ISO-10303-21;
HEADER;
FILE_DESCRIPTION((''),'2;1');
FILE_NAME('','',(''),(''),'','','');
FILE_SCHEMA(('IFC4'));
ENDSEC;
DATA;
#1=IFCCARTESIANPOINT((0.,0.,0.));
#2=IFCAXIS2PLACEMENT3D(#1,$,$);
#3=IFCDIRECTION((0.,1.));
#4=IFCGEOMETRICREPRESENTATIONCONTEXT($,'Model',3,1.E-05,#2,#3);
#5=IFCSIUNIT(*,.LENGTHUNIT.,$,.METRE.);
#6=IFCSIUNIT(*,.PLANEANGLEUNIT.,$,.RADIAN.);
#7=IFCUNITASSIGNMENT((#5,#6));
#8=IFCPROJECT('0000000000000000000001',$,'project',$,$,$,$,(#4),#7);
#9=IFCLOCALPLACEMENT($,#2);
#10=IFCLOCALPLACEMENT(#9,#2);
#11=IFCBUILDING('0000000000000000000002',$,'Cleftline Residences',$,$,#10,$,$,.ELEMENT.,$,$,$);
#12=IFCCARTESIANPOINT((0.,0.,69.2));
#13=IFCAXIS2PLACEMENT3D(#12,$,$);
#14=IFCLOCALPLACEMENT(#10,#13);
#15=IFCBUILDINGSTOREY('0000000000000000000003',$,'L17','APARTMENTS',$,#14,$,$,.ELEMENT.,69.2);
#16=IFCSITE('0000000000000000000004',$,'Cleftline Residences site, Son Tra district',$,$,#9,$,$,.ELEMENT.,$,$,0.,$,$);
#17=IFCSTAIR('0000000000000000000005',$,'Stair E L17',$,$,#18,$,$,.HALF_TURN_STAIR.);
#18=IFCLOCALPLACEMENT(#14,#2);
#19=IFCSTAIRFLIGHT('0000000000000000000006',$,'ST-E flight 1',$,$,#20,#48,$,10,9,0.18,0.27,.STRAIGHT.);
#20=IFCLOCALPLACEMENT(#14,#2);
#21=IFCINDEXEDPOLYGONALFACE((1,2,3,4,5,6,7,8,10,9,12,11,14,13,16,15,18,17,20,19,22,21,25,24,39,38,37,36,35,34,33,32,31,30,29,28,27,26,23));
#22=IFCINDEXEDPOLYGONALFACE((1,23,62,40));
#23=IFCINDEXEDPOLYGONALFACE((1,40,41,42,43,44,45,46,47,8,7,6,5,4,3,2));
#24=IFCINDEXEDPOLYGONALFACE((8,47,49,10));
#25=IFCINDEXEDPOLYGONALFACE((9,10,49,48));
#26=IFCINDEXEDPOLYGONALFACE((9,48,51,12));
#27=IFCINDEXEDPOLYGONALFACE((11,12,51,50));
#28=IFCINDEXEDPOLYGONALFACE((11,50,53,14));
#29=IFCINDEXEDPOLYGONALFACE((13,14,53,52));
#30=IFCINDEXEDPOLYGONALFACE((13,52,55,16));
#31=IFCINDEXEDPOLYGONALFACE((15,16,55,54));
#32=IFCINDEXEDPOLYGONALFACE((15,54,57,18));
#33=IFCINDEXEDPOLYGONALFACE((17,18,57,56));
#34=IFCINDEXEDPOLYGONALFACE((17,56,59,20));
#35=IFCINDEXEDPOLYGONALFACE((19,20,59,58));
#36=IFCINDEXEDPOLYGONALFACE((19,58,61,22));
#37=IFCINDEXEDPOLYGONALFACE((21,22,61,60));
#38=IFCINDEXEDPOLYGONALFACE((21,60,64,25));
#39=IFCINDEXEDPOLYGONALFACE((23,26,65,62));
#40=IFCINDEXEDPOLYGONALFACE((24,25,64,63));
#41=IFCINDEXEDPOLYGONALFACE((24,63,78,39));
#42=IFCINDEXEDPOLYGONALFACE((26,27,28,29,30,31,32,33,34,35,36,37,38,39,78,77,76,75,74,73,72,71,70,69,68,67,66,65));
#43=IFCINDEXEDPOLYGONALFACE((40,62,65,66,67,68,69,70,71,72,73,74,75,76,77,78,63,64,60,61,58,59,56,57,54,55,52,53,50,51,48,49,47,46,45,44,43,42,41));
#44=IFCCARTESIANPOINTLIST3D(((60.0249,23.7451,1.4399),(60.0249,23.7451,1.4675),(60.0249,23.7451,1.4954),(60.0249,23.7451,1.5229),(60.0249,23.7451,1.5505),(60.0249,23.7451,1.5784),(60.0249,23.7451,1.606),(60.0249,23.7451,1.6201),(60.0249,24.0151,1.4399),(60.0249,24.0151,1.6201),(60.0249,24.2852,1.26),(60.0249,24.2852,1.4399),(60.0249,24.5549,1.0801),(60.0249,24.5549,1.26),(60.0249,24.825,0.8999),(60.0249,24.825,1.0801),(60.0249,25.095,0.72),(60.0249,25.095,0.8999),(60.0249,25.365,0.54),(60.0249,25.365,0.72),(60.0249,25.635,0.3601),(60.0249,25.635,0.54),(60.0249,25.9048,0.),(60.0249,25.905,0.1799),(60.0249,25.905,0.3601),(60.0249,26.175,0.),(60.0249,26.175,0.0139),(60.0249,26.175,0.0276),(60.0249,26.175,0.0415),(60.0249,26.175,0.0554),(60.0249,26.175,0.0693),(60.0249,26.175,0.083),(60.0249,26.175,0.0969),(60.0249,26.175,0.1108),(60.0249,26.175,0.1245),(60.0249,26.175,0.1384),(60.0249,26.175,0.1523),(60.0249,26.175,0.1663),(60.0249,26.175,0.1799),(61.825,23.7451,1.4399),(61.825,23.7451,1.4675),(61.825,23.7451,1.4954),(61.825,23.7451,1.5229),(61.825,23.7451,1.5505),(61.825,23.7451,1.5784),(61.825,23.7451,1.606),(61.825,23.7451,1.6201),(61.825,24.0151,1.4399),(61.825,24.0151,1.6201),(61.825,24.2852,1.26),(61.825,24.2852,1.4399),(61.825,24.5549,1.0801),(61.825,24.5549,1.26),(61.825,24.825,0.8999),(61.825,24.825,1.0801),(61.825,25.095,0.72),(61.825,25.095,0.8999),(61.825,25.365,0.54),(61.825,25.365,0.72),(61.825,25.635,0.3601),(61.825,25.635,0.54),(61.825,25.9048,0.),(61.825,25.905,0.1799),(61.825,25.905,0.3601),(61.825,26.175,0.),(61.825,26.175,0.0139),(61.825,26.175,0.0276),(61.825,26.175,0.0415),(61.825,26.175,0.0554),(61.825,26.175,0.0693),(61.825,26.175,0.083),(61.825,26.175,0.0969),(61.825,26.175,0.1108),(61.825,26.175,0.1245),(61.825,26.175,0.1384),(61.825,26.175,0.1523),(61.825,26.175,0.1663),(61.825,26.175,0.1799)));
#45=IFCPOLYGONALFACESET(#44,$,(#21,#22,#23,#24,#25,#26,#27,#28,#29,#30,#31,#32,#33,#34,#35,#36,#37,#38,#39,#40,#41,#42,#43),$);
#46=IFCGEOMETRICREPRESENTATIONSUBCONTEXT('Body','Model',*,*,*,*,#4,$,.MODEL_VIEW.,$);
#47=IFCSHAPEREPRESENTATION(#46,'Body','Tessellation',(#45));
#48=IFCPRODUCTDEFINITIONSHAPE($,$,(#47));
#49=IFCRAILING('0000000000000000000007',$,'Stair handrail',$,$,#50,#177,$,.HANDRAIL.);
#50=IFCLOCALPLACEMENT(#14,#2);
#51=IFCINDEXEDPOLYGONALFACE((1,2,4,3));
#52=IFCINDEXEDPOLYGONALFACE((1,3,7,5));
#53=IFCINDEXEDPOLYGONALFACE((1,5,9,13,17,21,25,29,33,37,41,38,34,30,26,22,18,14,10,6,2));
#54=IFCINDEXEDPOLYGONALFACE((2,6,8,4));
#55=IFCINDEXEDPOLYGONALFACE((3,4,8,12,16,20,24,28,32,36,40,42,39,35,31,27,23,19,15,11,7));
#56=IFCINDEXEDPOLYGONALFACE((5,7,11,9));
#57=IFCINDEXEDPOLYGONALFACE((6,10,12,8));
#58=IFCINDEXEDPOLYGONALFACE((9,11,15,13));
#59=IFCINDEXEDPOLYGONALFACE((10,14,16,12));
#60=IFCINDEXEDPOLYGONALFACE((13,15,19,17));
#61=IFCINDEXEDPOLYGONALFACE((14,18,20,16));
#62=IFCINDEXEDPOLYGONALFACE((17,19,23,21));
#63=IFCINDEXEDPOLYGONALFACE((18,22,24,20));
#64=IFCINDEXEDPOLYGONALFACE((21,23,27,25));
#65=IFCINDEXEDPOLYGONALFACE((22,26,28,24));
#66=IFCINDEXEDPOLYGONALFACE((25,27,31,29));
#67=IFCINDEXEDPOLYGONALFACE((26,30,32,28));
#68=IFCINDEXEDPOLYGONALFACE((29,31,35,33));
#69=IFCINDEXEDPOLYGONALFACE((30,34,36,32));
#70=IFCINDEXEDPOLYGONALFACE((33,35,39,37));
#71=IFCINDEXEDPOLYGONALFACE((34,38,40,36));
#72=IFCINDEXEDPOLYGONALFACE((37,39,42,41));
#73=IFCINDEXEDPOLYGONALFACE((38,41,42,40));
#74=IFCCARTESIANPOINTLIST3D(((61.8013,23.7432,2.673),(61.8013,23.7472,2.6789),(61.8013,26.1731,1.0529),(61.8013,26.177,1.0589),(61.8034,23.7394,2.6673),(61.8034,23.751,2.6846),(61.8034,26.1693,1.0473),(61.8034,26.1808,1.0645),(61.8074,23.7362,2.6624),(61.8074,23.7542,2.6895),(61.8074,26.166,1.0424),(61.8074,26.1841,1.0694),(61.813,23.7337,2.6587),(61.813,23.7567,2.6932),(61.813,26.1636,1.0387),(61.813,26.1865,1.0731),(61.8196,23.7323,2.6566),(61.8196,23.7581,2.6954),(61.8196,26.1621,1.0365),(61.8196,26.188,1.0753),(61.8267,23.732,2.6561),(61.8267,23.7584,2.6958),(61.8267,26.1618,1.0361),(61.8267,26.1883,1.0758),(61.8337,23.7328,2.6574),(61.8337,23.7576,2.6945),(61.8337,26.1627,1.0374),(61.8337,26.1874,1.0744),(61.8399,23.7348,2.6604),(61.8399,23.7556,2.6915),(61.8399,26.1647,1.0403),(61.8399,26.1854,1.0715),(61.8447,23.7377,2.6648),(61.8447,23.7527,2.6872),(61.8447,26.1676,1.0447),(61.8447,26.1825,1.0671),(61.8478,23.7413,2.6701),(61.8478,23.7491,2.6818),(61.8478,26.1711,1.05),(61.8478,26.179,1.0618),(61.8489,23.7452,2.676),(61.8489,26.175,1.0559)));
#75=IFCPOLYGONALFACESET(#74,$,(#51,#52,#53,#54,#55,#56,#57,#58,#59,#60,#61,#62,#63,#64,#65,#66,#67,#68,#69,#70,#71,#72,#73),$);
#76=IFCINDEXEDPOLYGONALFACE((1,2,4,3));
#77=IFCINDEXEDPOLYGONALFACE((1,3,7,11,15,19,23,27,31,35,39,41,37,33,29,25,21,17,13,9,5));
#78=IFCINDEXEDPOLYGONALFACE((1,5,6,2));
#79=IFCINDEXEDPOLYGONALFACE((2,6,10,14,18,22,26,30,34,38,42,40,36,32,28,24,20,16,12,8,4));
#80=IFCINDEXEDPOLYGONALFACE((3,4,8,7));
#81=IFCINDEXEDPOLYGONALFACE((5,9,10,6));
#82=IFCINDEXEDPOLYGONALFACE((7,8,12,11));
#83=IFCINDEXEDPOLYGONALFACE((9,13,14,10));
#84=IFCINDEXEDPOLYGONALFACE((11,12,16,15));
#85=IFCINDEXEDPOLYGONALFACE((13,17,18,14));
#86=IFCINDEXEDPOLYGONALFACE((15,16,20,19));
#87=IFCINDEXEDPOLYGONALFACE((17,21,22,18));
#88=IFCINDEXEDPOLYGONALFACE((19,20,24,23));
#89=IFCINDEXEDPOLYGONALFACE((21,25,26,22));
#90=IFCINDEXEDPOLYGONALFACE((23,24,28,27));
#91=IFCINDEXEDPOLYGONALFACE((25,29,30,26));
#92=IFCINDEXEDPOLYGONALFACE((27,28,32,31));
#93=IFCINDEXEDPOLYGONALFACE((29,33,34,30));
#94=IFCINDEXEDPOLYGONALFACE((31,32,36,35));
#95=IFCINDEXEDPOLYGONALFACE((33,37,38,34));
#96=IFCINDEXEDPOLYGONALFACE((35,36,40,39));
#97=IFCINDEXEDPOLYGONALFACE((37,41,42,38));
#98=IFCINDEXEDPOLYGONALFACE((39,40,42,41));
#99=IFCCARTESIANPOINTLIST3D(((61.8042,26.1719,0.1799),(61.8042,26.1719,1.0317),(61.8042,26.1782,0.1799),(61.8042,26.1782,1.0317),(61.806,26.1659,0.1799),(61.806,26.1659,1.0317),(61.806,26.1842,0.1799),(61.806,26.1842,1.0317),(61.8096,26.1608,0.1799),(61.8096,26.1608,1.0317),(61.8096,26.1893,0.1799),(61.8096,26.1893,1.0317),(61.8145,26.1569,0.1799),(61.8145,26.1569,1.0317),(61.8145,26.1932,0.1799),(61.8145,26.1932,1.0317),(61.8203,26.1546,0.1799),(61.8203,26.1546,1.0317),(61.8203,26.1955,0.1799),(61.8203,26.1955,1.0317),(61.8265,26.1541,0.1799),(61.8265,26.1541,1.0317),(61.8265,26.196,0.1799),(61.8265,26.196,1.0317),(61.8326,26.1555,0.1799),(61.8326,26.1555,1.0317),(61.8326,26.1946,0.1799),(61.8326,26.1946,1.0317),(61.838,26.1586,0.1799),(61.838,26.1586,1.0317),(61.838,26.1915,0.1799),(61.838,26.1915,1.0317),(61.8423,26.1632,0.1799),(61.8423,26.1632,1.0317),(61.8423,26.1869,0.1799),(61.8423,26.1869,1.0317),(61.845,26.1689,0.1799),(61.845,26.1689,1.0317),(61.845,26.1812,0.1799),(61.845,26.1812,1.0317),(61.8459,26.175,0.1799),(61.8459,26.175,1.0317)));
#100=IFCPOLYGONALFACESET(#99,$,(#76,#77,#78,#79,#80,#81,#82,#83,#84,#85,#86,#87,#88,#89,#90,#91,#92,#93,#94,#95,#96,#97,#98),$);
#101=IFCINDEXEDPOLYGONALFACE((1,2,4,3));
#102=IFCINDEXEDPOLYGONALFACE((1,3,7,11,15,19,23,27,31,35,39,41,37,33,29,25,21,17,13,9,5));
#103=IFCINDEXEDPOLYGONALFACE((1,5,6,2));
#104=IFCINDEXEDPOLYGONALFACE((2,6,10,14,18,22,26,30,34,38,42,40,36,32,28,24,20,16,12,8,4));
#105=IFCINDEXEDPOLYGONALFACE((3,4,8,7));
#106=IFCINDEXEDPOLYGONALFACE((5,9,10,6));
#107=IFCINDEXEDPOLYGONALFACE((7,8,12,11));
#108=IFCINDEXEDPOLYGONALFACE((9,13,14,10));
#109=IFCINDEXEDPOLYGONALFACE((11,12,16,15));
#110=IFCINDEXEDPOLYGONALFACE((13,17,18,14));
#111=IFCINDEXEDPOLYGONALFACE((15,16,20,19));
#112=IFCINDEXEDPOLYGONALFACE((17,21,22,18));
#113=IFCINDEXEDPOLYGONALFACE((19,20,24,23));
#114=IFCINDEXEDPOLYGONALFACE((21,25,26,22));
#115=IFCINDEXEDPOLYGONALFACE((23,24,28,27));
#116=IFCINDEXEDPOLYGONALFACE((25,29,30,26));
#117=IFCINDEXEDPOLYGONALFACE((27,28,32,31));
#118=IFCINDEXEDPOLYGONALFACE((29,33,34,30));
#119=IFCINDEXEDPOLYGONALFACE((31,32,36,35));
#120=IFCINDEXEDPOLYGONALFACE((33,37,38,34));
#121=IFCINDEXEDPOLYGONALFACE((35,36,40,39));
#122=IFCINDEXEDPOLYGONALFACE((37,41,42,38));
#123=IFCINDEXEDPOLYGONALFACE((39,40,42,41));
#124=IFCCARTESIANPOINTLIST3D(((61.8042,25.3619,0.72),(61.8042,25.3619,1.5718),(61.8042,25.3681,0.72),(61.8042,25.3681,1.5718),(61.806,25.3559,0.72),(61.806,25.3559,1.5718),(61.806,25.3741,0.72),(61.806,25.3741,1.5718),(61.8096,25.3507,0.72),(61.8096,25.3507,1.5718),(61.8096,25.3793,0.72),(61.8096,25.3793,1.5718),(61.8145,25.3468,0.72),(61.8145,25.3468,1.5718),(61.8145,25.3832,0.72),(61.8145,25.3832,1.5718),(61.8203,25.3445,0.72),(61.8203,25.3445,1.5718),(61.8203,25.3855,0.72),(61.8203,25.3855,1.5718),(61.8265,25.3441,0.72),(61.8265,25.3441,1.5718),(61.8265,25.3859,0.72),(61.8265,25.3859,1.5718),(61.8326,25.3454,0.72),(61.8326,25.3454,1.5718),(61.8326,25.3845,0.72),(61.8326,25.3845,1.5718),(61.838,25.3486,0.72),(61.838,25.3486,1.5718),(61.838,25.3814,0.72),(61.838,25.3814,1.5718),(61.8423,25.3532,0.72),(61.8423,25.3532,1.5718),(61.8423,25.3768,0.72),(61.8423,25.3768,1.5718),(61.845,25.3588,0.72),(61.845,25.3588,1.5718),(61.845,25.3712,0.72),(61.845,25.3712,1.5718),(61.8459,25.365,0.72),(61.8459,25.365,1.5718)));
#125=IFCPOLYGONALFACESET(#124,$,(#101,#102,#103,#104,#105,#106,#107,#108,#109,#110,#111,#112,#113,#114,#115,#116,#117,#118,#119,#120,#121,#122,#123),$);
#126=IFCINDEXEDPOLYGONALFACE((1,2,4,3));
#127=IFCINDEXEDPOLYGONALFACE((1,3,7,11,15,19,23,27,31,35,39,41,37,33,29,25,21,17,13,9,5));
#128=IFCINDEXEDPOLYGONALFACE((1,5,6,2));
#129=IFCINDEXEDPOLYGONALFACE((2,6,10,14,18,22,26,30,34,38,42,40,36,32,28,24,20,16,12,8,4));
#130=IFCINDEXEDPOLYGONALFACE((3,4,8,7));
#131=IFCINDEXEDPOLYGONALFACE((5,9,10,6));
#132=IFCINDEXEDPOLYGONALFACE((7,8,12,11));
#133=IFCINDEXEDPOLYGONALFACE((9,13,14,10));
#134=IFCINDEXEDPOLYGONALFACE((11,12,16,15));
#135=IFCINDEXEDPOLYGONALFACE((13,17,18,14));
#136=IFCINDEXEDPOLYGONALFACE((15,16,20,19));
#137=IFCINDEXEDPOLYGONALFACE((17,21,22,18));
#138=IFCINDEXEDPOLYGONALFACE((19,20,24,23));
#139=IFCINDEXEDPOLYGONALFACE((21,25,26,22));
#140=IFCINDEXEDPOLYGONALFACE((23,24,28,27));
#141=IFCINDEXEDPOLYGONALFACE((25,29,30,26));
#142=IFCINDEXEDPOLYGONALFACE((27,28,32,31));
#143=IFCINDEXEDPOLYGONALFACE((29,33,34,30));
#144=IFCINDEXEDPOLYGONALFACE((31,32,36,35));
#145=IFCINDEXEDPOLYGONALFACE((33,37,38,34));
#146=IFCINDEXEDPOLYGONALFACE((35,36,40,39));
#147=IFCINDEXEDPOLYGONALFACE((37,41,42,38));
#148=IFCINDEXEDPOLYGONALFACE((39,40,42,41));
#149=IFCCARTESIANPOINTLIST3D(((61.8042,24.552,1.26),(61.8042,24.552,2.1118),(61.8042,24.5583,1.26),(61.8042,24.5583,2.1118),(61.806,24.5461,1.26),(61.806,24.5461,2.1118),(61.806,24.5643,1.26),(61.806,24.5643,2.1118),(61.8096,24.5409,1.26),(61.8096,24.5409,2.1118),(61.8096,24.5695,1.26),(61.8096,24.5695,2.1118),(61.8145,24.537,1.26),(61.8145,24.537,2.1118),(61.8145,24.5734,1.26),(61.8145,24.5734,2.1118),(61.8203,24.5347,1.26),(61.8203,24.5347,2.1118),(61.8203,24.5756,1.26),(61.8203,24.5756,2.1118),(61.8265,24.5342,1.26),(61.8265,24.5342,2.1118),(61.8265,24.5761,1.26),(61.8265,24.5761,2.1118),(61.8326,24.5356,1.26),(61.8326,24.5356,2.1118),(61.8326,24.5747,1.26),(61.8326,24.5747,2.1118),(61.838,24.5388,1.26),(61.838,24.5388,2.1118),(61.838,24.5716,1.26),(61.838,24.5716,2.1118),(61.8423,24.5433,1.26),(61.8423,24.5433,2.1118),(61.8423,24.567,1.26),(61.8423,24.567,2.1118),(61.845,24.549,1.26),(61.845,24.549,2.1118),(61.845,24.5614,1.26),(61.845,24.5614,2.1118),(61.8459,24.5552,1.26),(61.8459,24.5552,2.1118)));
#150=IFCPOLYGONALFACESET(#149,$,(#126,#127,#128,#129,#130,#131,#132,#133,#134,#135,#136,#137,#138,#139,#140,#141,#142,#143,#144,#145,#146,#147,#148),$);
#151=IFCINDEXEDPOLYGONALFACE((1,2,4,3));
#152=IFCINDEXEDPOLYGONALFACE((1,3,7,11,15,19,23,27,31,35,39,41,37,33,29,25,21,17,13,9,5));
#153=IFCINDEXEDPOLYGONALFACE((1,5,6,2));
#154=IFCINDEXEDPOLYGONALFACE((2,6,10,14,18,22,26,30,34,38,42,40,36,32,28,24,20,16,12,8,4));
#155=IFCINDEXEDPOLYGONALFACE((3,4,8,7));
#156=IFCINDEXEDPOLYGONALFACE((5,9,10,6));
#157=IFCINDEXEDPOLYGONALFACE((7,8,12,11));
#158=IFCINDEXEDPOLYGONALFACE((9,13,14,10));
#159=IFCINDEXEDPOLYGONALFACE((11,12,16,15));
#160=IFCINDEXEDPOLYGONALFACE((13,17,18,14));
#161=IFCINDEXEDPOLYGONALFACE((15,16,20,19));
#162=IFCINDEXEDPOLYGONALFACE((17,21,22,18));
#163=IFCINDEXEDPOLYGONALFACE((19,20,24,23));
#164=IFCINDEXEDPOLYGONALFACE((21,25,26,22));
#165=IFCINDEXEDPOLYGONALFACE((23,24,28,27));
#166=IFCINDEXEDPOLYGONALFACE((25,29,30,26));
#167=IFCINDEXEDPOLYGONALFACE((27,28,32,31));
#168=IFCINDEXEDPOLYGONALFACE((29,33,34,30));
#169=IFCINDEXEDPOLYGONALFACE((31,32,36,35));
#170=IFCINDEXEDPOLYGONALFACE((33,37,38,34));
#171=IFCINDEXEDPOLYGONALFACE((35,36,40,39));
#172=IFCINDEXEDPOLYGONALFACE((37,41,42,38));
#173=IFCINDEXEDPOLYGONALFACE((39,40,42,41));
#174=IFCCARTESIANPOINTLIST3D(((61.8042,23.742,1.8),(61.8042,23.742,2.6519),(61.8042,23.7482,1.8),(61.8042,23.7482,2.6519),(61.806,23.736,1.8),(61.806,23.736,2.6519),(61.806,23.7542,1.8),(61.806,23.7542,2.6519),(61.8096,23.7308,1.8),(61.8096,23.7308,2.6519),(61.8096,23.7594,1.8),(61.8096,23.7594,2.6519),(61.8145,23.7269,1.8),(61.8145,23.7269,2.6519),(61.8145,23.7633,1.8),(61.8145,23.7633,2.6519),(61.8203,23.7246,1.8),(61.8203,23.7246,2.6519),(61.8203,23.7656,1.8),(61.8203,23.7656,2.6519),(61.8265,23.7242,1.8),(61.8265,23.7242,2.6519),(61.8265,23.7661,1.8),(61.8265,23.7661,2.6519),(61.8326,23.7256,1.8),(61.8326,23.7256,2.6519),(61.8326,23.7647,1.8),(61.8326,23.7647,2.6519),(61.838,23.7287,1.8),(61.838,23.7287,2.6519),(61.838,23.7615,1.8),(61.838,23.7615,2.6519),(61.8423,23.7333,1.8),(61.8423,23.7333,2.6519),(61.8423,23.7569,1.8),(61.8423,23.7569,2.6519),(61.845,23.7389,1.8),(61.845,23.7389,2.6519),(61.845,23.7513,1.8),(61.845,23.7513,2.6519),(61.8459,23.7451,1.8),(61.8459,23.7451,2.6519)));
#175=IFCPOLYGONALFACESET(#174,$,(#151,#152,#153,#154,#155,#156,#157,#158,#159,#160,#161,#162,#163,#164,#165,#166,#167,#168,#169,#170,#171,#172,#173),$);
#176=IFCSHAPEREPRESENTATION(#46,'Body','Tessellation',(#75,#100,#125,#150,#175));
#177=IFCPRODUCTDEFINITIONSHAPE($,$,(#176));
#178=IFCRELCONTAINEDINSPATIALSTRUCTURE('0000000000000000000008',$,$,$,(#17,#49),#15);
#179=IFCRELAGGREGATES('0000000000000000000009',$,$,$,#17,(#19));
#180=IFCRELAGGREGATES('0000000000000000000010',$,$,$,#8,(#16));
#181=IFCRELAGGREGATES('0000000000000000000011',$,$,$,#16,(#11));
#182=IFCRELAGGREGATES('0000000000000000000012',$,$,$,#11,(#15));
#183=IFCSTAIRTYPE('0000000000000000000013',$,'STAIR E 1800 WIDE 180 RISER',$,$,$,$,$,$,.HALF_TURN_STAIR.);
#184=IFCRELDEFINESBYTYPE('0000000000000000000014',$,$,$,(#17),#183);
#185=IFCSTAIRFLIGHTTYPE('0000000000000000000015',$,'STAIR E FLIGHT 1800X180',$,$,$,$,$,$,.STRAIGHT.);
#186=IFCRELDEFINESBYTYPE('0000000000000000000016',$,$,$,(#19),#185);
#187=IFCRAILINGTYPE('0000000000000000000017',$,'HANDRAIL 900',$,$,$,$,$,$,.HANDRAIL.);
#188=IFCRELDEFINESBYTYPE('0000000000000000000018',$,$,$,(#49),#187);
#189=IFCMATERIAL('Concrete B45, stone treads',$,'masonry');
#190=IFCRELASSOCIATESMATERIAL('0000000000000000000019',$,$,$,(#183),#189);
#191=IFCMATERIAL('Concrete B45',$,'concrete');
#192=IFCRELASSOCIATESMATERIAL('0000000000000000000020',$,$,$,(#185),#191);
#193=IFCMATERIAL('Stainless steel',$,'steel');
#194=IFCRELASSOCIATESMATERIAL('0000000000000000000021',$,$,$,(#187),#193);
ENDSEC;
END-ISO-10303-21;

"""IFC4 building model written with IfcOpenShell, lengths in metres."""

from ifc_helpers import new_model, si_unit, direction, frame, origin, origin_2d, place, context, subcontext, project, spatial, polyline, circle, outline, extrude, material, type_object, element, aggregate, save


model = new_model("IFC4")

# Units and contexts
model_context = context("Model", 3, precision=1e-05, world=origin(), true_north=direction((0.0, 1.0)))
body_context = subcontext(model_context, "Body", "Model", "MODEL_VIEW")
ifc_project = project(units=[si_unit("LENGTHUNIT", "METRE"), si_unit("PLANEANGLEUNIT", "RADIAN")], contexts=[model_context])

# Site, building, storey
site_placement = place(None, origin())
site = spatial("IfcSite", under=ifc_project, at=site_placement, Name="Cleftline Residences site, Son Tra district", CompositionType="ELEMENT", RefElevation=0.0)
building_placement = place(site_placement, origin())
building = spatial("IfcBuilding", under=site, at=building_placement, Name="Cleftline Residences", CompositionType="ELEMENT")
storey_placement = place(building_placement, frame((0.0, 0.0, 69.2)))
storey = spatial("IfcBuildingStorey", under=building, at=storey_placement, Name="L17", Description="APARTMENTS", CompositionType="ELEMENT", Elevation=69.2)

# Stair, stair flight
ifc_material_1 = material(Name="Concrete B45, stone treads", Category="masonry")
stair_type = type_object("IfcStairType", Name="STAIR E 1800 WIDE 180 RISER", PredefinedType="HALF_TURN_STAIR", material=ifc_material_1)
stair_placement = place(storey_placement, origin())
stair = element("IfcStair", 1, at=stair_placement, inside=storey, type_object=stair_type, Name="Stair E L17", PredefinedType="HALF_TURN_STAIR")
ifc_material_2 = material(Name="Concrete B45", Category="concrete")
stair_flight_type = type_object("IfcStairFlightType", Name="STAIR E FLIGHT 1800X180", PredefinedType="STRAIGHT", material=ifc_material_2)
stair_flight_placement = place(storey_placement, frame((60.925, 26.175, 0.0), z_axis=(0.0, 0.0, 1.0), x_axis=(0.0, -1.0, 0.0)))
stair_flight = element("IfcStairFlight", 2, at=stair_flight_placement, type_object=stair_flight_type, Name="ST-E flight 1", NumberOfRisers=10, NumberOfTreads=9, PredefinedType="STRAIGHT", RiserHeight=0.18, TreadLength=0.27, context=body_context, shape_type="SweptSolid", body=[
    extrude(outline(polyline([(0.0, 0.0), (0.0, 0.0139), (0.0, 0.0276), (0.0, 0.0415), (0.0, 0.0554), (0.0, 0.0693), (0.0, 0.083), (0.0, 0.0969), (0.0, 0.1108), (0.0, 0.1245), (0.0, 0.1384), (0.0, 0.1523), (0.0, 0.1663), (0.0, 0.1799), (0.27, 0.1799), (0.27, 0.3601), (0.54, 0.3601), (0.54, 0.54), (0.8101, 0.54), (0.8101, 0.72), (1.0801, 0.72), (1.0801, 0.8999), (1.3501, 0.8999), (1.3501, 1.0801), (1.6201, 1.0801), (1.6201, 1.26), (1.8899, 1.26), (1.8899, 1.4399), (2.1599, 1.4399), (2.1599, 1.6201), (2.4299, 1.6201), (2.4299, 1.8), (2.4299, 1.7722), (2.4299, 1.7446), (2.4299, 1.7168), (2.4299, 1.6892), (2.4299, 1.6614), (2.4299, 1.6338), (2.4299, 1.606), (2.4299, 1.5784), (2.4299, 1.5505), (2.4299, 1.5229), (2.4299, 1.4954), (2.4299, 1.4675), (2.4299, 1.4399), (0.2703, 0.0), (0.0, 0.0)])), frame((0.0, 0.8999, 0.0), z_axis=(0.0, -1.0, 0.0), x_axis=(1.0, 0.0, 0.0)), (0.0, 0.0, 1.0), 1.8),
])
aggregate(stair, [stair_flight])

# Railing
ifc_material_3 = material(Name="Stainless steel", Category="steel")
railing_type = type_object("IfcRailingType", Name="HANDRAIL 900", PredefinedType="HANDRAIL", material=ifc_material_3)
railing_placement = place(storey_placement, frame((61.825, 26.175, 0.1799)))
element("IfcRailing", 3, at=railing_placement, inside=storey, type_object=railing_type, Name="Stair handrail", PredefinedType="HANDRAIL", context=body_context, shape_type="SweptSolid", body=[
    extrude(circle(Radius=0.0239, at=origin_2d()), frame((0.0, 0.0, 0.876), z_axis=(0.0, -0.832025, 0.554739), x_axis=(1.0, 0.0, 0.0)), (0.0, 0.0, 1.0), 2.9204),
    extrude(circle(Radius=0.021, at=origin_2d()), origin(), (0.0, 0.0, 1.0), 0.8518),
    extrude(circle(Radius=0.021, at=origin_2d()), frame((0.0, -0.8101, 0.54)), (0.0, 0.0, 1.0), 0.8518),
    extrude(circle(Radius=0.021, at=origin_2d()), frame((0.0, -1.6199, 1.0801)), (0.0, 0.0, 1.0), 0.8518),
    extrude(circle(Radius=0.021, at=origin_2d()), frame((0.0, -2.4299, 1.6201)), (0.0, 0.0, 1.0), 0.8518),
])

save(model, "model.ifc")
